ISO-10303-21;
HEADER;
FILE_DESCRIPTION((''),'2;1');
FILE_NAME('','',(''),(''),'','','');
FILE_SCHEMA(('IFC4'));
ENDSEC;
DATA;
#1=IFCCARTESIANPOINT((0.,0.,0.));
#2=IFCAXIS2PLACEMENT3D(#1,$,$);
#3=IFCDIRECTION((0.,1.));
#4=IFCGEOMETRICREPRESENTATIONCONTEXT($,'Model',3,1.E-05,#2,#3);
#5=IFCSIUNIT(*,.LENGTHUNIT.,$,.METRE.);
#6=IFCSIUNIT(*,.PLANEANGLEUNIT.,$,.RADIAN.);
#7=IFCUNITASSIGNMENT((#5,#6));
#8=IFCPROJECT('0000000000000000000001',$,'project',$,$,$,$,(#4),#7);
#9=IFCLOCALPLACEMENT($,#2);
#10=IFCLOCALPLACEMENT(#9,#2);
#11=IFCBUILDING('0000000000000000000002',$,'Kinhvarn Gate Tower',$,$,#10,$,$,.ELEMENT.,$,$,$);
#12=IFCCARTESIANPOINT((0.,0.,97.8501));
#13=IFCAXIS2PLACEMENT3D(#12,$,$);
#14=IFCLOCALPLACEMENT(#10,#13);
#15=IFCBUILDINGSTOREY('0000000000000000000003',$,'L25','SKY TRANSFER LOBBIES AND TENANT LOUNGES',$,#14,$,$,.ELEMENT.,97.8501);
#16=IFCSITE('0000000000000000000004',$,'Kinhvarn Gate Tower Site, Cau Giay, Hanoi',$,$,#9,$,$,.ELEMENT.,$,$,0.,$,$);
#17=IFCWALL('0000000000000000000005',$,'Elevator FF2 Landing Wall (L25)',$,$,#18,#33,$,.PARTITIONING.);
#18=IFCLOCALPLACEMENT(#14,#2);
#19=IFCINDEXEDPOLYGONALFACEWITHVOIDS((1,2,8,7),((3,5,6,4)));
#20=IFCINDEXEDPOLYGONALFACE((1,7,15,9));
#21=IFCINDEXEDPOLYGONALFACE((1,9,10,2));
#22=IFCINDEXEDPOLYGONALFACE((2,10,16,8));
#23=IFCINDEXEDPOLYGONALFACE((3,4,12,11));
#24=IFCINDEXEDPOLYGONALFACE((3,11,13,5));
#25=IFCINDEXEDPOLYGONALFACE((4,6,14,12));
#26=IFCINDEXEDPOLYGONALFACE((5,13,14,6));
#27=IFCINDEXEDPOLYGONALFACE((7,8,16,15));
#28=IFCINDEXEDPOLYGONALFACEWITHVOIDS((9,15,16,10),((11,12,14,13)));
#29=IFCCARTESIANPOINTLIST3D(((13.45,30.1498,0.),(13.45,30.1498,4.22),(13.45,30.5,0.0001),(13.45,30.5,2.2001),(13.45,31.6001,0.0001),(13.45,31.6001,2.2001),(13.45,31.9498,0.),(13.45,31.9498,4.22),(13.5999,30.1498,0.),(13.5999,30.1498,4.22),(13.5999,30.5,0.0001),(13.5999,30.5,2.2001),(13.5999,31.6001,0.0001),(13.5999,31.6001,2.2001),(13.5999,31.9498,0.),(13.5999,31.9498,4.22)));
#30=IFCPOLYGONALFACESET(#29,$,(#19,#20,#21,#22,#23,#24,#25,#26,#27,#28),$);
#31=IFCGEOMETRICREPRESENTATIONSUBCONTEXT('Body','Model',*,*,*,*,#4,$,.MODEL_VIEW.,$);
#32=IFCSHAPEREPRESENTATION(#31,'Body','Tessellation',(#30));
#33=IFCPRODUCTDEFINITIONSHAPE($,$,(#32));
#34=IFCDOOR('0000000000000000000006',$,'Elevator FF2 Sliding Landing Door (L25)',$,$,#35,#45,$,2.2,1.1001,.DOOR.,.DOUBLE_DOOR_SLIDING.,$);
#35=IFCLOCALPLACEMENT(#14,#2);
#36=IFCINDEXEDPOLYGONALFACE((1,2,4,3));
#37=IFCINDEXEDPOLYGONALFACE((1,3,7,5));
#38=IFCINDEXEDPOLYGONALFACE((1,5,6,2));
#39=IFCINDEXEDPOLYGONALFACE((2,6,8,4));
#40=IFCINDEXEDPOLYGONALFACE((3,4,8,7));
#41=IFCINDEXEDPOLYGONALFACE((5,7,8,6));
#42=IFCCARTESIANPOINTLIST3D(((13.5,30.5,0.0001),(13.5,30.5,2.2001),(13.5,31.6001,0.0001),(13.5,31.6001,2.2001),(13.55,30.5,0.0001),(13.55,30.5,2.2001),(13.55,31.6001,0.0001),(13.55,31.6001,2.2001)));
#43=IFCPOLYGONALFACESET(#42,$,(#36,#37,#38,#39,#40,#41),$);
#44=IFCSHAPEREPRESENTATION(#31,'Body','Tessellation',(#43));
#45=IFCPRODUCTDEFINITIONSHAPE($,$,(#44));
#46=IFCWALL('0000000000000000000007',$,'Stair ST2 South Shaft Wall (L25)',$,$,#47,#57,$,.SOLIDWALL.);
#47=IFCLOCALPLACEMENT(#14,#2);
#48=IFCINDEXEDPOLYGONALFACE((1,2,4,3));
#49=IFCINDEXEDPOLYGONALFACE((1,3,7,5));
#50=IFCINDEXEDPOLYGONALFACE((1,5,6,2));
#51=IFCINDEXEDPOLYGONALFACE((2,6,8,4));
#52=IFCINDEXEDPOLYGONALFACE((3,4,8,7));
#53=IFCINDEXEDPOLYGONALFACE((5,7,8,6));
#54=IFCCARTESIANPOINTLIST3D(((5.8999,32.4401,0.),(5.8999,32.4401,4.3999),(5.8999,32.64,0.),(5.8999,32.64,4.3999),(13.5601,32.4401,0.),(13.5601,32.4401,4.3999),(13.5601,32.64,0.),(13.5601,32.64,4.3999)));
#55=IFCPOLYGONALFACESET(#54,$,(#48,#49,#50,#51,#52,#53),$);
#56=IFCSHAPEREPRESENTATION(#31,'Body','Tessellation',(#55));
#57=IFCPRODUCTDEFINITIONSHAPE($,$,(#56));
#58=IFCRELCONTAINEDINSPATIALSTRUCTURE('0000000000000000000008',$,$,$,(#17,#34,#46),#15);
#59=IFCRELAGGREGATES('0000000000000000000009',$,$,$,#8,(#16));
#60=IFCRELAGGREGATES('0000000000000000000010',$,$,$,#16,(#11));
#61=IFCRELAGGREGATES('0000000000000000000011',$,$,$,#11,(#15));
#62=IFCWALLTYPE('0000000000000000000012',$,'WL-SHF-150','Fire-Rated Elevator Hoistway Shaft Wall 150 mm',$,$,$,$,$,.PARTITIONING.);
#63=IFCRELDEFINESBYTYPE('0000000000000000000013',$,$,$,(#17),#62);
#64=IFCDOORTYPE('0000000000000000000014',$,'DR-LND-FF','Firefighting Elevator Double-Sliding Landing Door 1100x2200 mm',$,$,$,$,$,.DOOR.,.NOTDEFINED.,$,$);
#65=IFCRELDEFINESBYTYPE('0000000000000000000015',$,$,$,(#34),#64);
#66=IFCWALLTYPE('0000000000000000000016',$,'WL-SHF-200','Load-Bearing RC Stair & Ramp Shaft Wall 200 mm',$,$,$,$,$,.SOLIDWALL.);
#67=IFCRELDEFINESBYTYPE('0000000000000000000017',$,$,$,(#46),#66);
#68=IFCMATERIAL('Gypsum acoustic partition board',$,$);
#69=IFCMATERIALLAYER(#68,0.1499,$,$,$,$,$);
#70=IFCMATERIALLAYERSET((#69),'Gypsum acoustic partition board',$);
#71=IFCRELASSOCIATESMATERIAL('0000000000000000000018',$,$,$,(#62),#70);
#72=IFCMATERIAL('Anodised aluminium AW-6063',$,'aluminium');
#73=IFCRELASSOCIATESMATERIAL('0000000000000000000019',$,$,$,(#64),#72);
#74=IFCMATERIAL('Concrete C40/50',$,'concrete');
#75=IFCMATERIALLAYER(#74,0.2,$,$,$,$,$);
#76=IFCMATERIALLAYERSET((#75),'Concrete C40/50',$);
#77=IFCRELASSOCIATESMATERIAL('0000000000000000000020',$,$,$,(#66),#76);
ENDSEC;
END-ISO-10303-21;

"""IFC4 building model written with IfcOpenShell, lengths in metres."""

from ifc_helpers import new_model, si_unit, direction, frame, frame_2d, origin, place, context, subcontext, project, spatial, rectangle, extrude, material, layer, layer_set, type_object, element, fill, save


model = new_model("IFC4")

# Units and contexts
model_context = context("Model", 3, precision=1e-05, world=origin(), true_north=direction((0.0, 1.0)))
body_context = subcontext(model_context, "Body", "Model", "MODEL_VIEW")
ifc_project = project(units=[si_unit("LENGTHUNIT", "METRE"), si_unit("PLANEANGLEUNIT", "RADIAN")], contexts=[model_context])

# Site, building, storey
site_placement = place(None, origin())
site = spatial("IfcSite", under=ifc_project, at=site_placement, Name="Kinhvarn Gate Tower Site, Cau Giay, Hanoi", CompositionType="ELEMENT", RefElevation=0.0)
building_placement = place(site_placement, origin())
building = spatial("IfcBuilding", under=site, at=building_placement, Name="Kinhvarn Gate Tower", CompositionType="ELEMENT")
storey_placement = place(building_placement, frame((0.0, 0.0, 97.8501)))
storey = spatial("IfcBuildingStorey", under=building, at=storey_placement, Name="L25", Description="SKY TRANSFER LOBBIES AND TENANT LOUNGES", CompositionType="ELEMENT", Elevation=97.8501)

# Shared definitions
ifc_material_1 = material(Name="Gypsum acoustic partition board")
ifc_layer_1 = layer(ifc_material_1, 0.1499)
ifc_layer_set_1 = layer_set([ifc_layer_1], Name="Gypsum acoustic partition board")
wall_type_1 = type_object("IfcWallType", Name="WL-SHF-150", Description="Fire-Rated Elevator Hoistway Shaft Wall 150 mm", PredefinedType="PARTITIONING", material=ifc_layer_set_1)

# Shared definitions
ifc_material_2 = material(Name="Anodised aluminium AW-6063", Category="aluminium")

# Wall, opening, door
wall_1_placement = place(storey_placement, frame((13.5249, 30.1499, 0.0), z_axis=(0.0, 0.0, 1.0), x_axis=(0.0, 1.0, 0.0)))
wall_1 = element("IfcWall", 1, at=wall_1_placement, inside=storey, type_object=wall_type_1, Name="Elevator FF2 Landing Wall (L25)", PredefinedType="PARTITIONING", context=body_context, shape_type="SweptSolid", body=[
    extrude(rectangle(XDim=1.8, YDim=0.1499, at=frame_2d((0.8999, 0.0))), origin(), (0.0, 0.0, 1.0), 4.22),
])
opening_1_placement = place(wall_1_placement, frame((0.3501, 0.0, 0.0)))
opening_1 = element("IfcOpeningElement", 2, at=opening_1_placement, cuts=wall_1, PredefinedType="OPENING", context=body_context, shape_type="SweptSolid", body=[
    extrude(rectangle(XDim=1.1001, YDim=2.2, at=frame_2d((0.55, 1.1001))), frame((0.0, 0.085, 0.0), z_axis=(0.0, -1.0, 0.0), x_axis=(1.0, 0.0, 0.0)), (0.0, 0.0, 1.0), 0.1699),
])
door_type_1 = type_object("IfcDoorType", Name="DR-LND-FF", Description="Firefighting Elevator Double-Sliding Landing Door 1100x2200 mm", OperationType="NOTDEFINED", PredefinedType="DOOR", material=ifc_material_2)
door_1_placement = place(opening_1_placement, origin())
door_1 = element("IfcDoor", 3, at=door_1_placement, inside=storey, type_object=door_type_1, Name="Elevator FF2 Sliding Landing Door (L25)", OperationType="DOUBLE_DOOR_SLIDING", OverallHeight=2.2, OverallWidth=1.1001, PredefinedType="DOOR", context=body_context, shape_type="SweptSolid", body=[
    extrude(rectangle(XDim=1.1001, YDim=2.2, at=frame_2d((0.55, 1.1001))), frame((0.0, 0.0249, 0.0), z_axis=(0.0, -1.0, 0.0), x_axis=(1.0, 0.0, 0.0)), (0.0, 0.0, 1.0), 0.05),
])
fill(opening_1, door_1)

# Wall
ifc_material_3 = material(Name="Concrete C40/50", Category="concrete")
ifc_layer_2 = layer(ifc_material_3, 0.2)
ifc_layer_set_2 = layer_set([ifc_layer_2], Name="Concrete C40/50")
wall_type_2 = type_object("IfcWallType", Name="WL-SHF-200", Description="Load-Bearing RC Stair & Ramp Shaft Wall 200 mm", PredefinedType="SOLIDWALL", material=ifc_layer_set_2)
wall_2_placement = place(storey_placement, frame((5.8999, 32.54, 0.0), z_axis=(0.0, 0.0, 1.0), x_axis=(1.0, 0.0, 0.0)))
element("IfcWall", 4, at=wall_2_placement, inside=storey, type_object=wall_type_2, Name="Stair ST2 South Shaft Wall (L25)", PredefinedType="SOLIDWALL", context=body_context, shape_type="SweptSolid", body=[
    extrude(rectangle(XDim=7.6602, YDim=0.2, at=frame_2d((3.8301, 0.0))), origin(), (0.0, 0.0, 1.0), 4.3999),
])

save(model, "model.ifc")
